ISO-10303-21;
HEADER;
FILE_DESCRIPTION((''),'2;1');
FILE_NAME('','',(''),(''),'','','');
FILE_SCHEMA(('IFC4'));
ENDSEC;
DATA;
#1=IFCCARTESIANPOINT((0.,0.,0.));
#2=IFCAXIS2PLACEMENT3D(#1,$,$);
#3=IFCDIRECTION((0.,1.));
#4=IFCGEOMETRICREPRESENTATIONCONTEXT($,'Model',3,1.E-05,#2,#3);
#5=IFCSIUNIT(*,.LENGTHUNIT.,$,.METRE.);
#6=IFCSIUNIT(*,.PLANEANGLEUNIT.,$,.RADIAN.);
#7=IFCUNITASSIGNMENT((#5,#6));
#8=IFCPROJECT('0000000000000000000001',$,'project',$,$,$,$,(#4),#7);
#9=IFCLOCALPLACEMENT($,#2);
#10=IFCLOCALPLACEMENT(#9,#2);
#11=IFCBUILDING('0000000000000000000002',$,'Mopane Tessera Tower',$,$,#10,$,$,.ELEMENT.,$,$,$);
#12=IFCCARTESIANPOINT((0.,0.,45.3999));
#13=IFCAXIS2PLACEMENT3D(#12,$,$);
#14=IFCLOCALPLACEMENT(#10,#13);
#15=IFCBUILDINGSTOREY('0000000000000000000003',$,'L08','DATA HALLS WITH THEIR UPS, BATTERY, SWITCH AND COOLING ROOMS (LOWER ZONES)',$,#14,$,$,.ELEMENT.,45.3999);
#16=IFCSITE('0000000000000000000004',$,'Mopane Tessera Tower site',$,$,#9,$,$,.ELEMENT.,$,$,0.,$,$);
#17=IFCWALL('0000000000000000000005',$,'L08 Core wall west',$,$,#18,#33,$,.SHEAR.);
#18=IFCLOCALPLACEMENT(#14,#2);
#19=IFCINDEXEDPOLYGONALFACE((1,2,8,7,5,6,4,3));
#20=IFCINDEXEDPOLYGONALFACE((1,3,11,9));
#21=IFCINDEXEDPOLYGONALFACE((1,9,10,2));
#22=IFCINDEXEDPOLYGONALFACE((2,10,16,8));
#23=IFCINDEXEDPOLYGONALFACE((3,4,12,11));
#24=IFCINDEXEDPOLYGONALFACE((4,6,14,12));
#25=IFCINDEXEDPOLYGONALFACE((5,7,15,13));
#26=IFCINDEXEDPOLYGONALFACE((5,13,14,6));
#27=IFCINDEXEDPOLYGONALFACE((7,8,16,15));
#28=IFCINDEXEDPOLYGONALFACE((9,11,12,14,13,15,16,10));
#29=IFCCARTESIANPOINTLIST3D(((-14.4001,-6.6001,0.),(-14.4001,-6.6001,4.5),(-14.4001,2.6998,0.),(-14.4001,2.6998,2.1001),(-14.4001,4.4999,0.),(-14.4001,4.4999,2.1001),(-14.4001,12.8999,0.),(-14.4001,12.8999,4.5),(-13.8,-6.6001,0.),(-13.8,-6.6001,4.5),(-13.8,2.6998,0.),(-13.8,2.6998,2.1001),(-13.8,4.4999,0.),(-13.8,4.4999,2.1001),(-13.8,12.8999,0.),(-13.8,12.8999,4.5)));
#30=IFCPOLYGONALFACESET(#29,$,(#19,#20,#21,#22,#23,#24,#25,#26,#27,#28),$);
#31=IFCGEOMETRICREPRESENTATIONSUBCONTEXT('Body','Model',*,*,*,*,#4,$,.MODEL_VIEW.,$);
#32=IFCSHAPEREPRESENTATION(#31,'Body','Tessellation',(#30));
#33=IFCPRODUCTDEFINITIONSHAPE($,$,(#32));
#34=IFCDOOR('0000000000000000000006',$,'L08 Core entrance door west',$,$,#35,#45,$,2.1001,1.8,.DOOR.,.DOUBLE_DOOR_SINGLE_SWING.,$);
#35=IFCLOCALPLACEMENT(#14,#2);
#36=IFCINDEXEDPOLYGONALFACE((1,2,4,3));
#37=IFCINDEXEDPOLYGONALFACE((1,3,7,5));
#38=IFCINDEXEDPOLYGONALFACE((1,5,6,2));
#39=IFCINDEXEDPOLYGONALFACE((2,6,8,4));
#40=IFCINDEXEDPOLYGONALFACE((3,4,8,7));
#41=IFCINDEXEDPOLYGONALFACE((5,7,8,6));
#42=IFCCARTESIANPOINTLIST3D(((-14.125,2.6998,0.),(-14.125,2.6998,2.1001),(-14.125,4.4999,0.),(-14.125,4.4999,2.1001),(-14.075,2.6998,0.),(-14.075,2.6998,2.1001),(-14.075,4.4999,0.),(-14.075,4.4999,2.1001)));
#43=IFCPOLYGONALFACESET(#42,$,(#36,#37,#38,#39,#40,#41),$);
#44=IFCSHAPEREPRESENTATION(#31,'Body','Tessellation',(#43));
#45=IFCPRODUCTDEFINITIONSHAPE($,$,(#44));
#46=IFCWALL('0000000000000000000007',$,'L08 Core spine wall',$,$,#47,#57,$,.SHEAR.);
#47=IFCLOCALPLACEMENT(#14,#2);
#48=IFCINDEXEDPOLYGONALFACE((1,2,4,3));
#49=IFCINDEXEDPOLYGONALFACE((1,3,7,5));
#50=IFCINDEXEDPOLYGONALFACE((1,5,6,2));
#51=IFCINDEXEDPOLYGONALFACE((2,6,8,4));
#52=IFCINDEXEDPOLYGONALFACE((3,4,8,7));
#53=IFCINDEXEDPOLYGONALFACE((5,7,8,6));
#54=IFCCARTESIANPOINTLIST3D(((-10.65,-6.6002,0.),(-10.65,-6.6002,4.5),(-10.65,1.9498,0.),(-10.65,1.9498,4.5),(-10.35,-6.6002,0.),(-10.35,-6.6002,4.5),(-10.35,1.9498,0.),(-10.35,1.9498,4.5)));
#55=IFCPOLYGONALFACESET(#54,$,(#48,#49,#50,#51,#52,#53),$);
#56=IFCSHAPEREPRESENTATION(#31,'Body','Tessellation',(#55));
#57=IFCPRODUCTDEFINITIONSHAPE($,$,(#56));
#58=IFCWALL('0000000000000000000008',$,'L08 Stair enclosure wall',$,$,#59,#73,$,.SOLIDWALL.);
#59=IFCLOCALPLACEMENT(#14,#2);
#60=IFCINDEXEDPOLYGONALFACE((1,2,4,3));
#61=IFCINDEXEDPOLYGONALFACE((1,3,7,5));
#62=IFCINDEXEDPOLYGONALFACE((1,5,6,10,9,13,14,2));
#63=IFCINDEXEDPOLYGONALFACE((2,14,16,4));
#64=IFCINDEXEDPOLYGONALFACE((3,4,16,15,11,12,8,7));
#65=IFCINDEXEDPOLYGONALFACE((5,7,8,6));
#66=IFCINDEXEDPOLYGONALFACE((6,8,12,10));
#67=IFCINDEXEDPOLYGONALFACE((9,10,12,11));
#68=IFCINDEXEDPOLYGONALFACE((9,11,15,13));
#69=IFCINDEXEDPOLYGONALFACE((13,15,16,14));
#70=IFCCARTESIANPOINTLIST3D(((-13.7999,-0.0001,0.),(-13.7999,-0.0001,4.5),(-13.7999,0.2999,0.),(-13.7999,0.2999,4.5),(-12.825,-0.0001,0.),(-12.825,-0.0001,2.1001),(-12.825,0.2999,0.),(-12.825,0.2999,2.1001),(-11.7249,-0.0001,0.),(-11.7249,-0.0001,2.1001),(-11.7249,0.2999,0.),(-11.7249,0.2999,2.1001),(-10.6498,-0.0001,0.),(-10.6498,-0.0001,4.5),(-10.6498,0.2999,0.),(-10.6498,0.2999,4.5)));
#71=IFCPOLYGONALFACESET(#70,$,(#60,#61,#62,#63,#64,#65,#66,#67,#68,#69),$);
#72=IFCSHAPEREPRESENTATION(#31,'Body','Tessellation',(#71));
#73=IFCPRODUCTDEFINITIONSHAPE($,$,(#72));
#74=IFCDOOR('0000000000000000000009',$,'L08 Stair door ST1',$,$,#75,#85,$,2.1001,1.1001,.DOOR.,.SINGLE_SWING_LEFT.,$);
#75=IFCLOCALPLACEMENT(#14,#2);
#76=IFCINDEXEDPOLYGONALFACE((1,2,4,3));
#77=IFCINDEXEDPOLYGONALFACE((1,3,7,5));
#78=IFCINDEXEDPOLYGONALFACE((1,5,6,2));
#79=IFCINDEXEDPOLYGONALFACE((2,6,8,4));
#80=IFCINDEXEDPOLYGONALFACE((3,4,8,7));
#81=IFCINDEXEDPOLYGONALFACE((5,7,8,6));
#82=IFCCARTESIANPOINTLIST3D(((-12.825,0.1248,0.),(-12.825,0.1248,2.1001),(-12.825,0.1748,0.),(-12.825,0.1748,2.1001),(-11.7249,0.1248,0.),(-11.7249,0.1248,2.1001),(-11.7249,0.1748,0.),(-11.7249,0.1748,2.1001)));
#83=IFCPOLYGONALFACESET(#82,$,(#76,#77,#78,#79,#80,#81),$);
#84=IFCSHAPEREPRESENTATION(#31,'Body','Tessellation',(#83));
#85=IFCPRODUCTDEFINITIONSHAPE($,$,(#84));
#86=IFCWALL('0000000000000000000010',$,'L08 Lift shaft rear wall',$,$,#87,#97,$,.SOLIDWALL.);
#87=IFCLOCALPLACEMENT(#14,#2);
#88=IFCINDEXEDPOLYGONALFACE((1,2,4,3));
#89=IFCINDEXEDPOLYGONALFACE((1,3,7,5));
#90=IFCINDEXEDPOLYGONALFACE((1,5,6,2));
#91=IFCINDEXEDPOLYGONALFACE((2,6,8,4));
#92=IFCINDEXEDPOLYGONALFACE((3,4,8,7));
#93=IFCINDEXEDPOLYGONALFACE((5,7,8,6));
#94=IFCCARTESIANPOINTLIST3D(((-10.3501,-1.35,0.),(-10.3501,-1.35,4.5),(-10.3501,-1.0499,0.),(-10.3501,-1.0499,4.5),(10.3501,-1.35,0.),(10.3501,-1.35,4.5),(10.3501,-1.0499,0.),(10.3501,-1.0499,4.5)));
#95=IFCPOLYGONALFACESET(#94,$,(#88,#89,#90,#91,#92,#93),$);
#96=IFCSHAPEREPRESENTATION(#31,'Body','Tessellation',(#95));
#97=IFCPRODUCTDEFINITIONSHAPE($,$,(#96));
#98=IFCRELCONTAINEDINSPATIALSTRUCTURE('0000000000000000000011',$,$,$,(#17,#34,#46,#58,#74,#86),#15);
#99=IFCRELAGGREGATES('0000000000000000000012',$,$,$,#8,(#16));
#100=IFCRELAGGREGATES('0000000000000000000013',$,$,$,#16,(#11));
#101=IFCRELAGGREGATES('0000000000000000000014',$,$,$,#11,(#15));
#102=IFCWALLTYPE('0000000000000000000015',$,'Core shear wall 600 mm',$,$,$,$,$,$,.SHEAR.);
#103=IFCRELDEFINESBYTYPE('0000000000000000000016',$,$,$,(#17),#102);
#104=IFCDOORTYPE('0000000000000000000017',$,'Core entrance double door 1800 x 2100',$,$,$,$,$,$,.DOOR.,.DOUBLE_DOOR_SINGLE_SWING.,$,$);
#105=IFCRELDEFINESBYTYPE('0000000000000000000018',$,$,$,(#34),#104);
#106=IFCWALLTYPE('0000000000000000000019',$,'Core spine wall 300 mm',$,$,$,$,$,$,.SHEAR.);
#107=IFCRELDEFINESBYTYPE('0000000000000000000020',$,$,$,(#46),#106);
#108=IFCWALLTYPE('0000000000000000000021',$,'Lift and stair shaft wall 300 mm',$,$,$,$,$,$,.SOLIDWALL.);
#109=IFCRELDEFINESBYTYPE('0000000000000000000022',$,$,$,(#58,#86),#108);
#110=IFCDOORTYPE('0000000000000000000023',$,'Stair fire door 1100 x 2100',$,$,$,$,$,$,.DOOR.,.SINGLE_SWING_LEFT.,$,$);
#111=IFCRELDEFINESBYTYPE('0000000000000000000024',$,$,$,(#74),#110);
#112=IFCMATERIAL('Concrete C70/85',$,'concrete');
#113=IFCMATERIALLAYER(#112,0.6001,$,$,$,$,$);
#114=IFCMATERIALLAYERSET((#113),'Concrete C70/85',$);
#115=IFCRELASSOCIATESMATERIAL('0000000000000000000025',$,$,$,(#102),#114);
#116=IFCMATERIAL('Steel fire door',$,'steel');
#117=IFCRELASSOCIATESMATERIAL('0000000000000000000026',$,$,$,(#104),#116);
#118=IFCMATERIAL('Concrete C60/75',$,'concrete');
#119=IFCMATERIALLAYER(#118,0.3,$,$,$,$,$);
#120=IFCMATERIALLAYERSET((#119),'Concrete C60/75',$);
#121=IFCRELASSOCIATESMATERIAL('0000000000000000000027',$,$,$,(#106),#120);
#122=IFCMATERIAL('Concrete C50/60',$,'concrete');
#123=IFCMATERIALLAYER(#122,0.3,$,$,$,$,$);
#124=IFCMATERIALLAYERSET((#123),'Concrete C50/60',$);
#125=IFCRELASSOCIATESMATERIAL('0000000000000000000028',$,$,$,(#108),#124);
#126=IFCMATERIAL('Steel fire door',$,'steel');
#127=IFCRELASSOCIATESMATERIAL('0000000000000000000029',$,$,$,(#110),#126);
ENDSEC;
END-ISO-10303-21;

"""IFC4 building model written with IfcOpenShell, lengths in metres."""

from ifc_helpers import new_model, si_unit, direction, frame, frame_2d, origin, place, context, subcontext, project, spatial, rectangle, extrude, material, layer, layer_set, type_object, element, fill, save


model = new_model("IFC4")

# Units and contexts
model_context = context("Model", 3, precision=1e-05, world=origin(), true_north=direction((0.0, 1.0)))
body_context = subcontext(model_context, "Body", "Model", "MODEL_VIEW")
ifc_project = project(units=[si_unit("LENGTHUNIT", "METRE"), si_unit("PLANEANGLEUNIT", "RADIAN")], contexts=[model_context])

# Site, building, storey
site_placement = place(None, origin())
site = spatial("IfcSite", under=ifc_project, at=site_placement, Name="Mopane Tessera Tower site", CompositionType="ELEMENT", RefElevation=0.0)
building_placement = place(site_placement, origin())
building = spatial("IfcBuilding", under=site, at=building_placement, Name="Mopane Tessera Tower", CompositionType="ELEMENT")
storey_placement = place(building_placement, frame((0.0, 0.0, 45.3999)))
storey = spatial("IfcBuildingStorey", under=building, at=storey_placement, Name="L08", Description="DATA HALLS WITH THEIR UPS, BATTERY, SWITCH AND COOLING ROOMS (LOWER ZONES)", CompositionType="ELEMENT", Elevation=45.3999)

# Wall, opening, door
ifc_material_1 = material(Name="Concrete C70/85", Category="concrete")
ifc_layer_1 = layer(ifc_material_1, 0.6001)
ifc_layer_set_1 = layer_set([ifc_layer_1], Name="Concrete C70/85")
wall_type_1 = type_object("IfcWallType", Name="Core shear wall 600 mm", PredefinedType="SHEAR", material=ifc_layer_set_1)
wall_1_placement = place(storey_placement, frame((-14.1001, -6.6001, 0.0), z_axis=(0.0, 0.0, 1.0), x_axis=(0.0, 1.0, 0.0)))
wall_1 = element("IfcWall", 1, at=wall_1_placement, inside=storey, type_object=wall_type_1, Name="L08 Core wall west", PredefinedType="SHEAR", context=body_context, shape_type="SweptSolid", body=[
    extrude(rectangle(XDim=19.5, YDim=0.6001, at=frame_2d((9.75, 0.0))), origin(), (0.0, 0.0, 1.0), 4.5),
])
opening_1_placement = place(wall_1_placement, frame((9.3, 0.0, 0.0)))
opening_1 = element("IfcOpeningElement", 2, at=opening_1_placement, cuts=wall_1, PredefinedType="OPENING", context=body_context, shape_type="SweptSolid", body=[
    extrude(rectangle(XDim=1.8, YDim=2.1001, at=frame_2d((0.8999, 1.05))), frame((0.0, 0.312, 0.0), z_axis=(0.0, -1.0, 0.0), x_axis=(1.0, 0.0, 0.0)), (0.0, 0.0, 1.0), 0.624),
])
ifc_material_2 = material(Name="Steel fire door", Category="steel")
door_type_1 = type_object("IfcDoorType", Name="Core entrance double door 1800 x 2100", OperationType="DOUBLE_DOOR_SINGLE_SWING", PredefinedType="DOOR", material=ifc_material_2)
door_1_placement = place(opening_1_placement, origin())
door_1 = element("IfcDoor", 3, at=door_1_placement, inside=storey, type_object=door_type_1, Name="L08 Core entrance door west", OperationType="DOUBLE_DOOR_SINGLE_SWING", OverallHeight=2.1001, OverallWidth=1.8, PredefinedType="DOOR", context=body_context, shape_type="SweptSolid", body=[
    extrude(rectangle(XDim=1.8, YDim=2.1001, at=frame_2d((0.8999, 1.05))), frame((0.0, 0.0249, 0.0), z_axis=(0.0, -1.0, 0.0), x_axis=(1.0, 0.0, 0.0)), (0.0, 0.0, 1.0), 0.05),
])
fill(opening_1, door_1)

# Wall
ifc_material_3 = material(Name="Concrete C60/75", Category="concrete")
ifc_layer_2 = layer(ifc_material_3, 0.3)
ifc_layer_set_2 = layer_set([ifc_layer_2], Name="Concrete C60/75")
wall_type_2 = type_object("IfcWallType", Name="Core spine wall 300 mm", PredefinedType="SHEAR", material=ifc_layer_set_2)
wall_2_placement = place(storey_placement, frame((-10.5, -6.6001, 0.0), z_axis=(0.0, 0.0, 1.0), x_axis=(0.0, 1.0, 0.0)))
element("IfcWall", 4, at=wall_2_placement, inside=storey, type_object=wall_type_2, Name="L08 Core spine wall", PredefinedType="SHEAR", context=body_context, shape_type="SweptSolid", body=[
    extrude(rectangle(XDim=8.55, YDim=0.3, at=frame_2d((4.2749, 0.0))), origin(), (0.0, 0.0, 1.0), 4.5),
])

# Wall, opening, door
ifc_material_4 = material(Name="Concrete C50/60", Category="concrete")
ifc_layer_3 = layer(ifc_material_4, 0.3)
ifc_layer_set_3 = layer_set([ifc_layer_3], Name="Concrete C50/60")
wall_type_3 = type_object("IfcWallType", Name="Lift and stair shaft wall 300 mm", PredefinedType="SOLIDWALL", material=ifc_layer_set_3)
wall_3_placement = place(storey_placement, frame((-13.8, 0.1499, 0.0), z_axis=(0.0, 0.0, 1.0), x_axis=(1.0, 0.0, 0.0)))
wall_3 = element("IfcWall", 5, at=wall_3_placement, inside=storey, type_object=wall_type_3, Name="L08 Stair enclosure wall", PredefinedType="SOLIDWALL", context=body_context, shape_type="SweptSolid", body=[
    extrude(rectangle(XDim=3.1501, YDim=0.3, at=frame_2d((1.5752, 0.0))), origin(), (0.0, 0.0, 1.0), 4.5),
])
opening_2_placement = place(wall_3_placement, frame((0.9751, 0.0, 0.0)))
opening_2 = element("IfcOpeningElement", 6, at=opening_2_placement, cuts=wall_3, PredefinedType="OPENING", context=body_context, shape_type="SweptSolid", body=[
    extrude(rectangle(XDim=1.1001, YDim=2.1001, at=frame_2d((0.55, 1.05))), frame((0.0, 0.1621, 0.0), z_axis=(0.0, -1.0, 0.0), x_axis=(1.0, 0.0, 0.0)), (0.0, 0.0, 1.0), 0.324),
])
ifc_material_5 = material(Name="Steel fire door", Category="steel")
door_type_2 = type_object("IfcDoorType", Name="Stair fire door 1100 x 2100", OperationType="SINGLE_SWING_LEFT", PredefinedType="DOOR", material=ifc_material_5)
door_2_placement = place(opening_2_placement, origin())
door_2 = element("IfcDoor", 7, at=door_2_placement, inside=storey, type_object=door_type_2, Name="L08 Stair door ST1", OperationType="SINGLE_SWING_LEFT", OverallHeight=2.1001, OverallWidth=1.1001, PredefinedType="DOOR", context=body_context, shape_type="SweptSolid", body=[
    extrude(rectangle(XDim=1.1001, YDim=2.1001, at=frame_2d((0.55, 1.05))), frame((0.0, 0.0249, 0.0), z_axis=(0.0, -1.0, 0.0), x_axis=(1.0, 0.0, 0.0)), (0.0, 0.0, 1.0), 0.05),
])
fill(opening_2, door_2)

# Wall
wall_4_placement = place(storey_placement, frame((-10.3501, -1.2, 0.0), z_axis=(0.0, 0.0, 1.0), x_axis=(1.0, 0.0, 0.0)))
element("IfcWall", 8, at=wall_4_placement, inside=storey, type_object=wall_type_3, Name="L08 Lift shaft rear wall", PredefinedType="SOLIDWALL", context=body_context, shape_type="SweptSolid", body=[
    extrude(rectangle(XDim=20.7002, YDim=0.3, at=frame_2d((10.3501, 0.0))), origin(), (0.0, 0.0, 1.0), 4.5),
])

save(model, "model.ifc")
